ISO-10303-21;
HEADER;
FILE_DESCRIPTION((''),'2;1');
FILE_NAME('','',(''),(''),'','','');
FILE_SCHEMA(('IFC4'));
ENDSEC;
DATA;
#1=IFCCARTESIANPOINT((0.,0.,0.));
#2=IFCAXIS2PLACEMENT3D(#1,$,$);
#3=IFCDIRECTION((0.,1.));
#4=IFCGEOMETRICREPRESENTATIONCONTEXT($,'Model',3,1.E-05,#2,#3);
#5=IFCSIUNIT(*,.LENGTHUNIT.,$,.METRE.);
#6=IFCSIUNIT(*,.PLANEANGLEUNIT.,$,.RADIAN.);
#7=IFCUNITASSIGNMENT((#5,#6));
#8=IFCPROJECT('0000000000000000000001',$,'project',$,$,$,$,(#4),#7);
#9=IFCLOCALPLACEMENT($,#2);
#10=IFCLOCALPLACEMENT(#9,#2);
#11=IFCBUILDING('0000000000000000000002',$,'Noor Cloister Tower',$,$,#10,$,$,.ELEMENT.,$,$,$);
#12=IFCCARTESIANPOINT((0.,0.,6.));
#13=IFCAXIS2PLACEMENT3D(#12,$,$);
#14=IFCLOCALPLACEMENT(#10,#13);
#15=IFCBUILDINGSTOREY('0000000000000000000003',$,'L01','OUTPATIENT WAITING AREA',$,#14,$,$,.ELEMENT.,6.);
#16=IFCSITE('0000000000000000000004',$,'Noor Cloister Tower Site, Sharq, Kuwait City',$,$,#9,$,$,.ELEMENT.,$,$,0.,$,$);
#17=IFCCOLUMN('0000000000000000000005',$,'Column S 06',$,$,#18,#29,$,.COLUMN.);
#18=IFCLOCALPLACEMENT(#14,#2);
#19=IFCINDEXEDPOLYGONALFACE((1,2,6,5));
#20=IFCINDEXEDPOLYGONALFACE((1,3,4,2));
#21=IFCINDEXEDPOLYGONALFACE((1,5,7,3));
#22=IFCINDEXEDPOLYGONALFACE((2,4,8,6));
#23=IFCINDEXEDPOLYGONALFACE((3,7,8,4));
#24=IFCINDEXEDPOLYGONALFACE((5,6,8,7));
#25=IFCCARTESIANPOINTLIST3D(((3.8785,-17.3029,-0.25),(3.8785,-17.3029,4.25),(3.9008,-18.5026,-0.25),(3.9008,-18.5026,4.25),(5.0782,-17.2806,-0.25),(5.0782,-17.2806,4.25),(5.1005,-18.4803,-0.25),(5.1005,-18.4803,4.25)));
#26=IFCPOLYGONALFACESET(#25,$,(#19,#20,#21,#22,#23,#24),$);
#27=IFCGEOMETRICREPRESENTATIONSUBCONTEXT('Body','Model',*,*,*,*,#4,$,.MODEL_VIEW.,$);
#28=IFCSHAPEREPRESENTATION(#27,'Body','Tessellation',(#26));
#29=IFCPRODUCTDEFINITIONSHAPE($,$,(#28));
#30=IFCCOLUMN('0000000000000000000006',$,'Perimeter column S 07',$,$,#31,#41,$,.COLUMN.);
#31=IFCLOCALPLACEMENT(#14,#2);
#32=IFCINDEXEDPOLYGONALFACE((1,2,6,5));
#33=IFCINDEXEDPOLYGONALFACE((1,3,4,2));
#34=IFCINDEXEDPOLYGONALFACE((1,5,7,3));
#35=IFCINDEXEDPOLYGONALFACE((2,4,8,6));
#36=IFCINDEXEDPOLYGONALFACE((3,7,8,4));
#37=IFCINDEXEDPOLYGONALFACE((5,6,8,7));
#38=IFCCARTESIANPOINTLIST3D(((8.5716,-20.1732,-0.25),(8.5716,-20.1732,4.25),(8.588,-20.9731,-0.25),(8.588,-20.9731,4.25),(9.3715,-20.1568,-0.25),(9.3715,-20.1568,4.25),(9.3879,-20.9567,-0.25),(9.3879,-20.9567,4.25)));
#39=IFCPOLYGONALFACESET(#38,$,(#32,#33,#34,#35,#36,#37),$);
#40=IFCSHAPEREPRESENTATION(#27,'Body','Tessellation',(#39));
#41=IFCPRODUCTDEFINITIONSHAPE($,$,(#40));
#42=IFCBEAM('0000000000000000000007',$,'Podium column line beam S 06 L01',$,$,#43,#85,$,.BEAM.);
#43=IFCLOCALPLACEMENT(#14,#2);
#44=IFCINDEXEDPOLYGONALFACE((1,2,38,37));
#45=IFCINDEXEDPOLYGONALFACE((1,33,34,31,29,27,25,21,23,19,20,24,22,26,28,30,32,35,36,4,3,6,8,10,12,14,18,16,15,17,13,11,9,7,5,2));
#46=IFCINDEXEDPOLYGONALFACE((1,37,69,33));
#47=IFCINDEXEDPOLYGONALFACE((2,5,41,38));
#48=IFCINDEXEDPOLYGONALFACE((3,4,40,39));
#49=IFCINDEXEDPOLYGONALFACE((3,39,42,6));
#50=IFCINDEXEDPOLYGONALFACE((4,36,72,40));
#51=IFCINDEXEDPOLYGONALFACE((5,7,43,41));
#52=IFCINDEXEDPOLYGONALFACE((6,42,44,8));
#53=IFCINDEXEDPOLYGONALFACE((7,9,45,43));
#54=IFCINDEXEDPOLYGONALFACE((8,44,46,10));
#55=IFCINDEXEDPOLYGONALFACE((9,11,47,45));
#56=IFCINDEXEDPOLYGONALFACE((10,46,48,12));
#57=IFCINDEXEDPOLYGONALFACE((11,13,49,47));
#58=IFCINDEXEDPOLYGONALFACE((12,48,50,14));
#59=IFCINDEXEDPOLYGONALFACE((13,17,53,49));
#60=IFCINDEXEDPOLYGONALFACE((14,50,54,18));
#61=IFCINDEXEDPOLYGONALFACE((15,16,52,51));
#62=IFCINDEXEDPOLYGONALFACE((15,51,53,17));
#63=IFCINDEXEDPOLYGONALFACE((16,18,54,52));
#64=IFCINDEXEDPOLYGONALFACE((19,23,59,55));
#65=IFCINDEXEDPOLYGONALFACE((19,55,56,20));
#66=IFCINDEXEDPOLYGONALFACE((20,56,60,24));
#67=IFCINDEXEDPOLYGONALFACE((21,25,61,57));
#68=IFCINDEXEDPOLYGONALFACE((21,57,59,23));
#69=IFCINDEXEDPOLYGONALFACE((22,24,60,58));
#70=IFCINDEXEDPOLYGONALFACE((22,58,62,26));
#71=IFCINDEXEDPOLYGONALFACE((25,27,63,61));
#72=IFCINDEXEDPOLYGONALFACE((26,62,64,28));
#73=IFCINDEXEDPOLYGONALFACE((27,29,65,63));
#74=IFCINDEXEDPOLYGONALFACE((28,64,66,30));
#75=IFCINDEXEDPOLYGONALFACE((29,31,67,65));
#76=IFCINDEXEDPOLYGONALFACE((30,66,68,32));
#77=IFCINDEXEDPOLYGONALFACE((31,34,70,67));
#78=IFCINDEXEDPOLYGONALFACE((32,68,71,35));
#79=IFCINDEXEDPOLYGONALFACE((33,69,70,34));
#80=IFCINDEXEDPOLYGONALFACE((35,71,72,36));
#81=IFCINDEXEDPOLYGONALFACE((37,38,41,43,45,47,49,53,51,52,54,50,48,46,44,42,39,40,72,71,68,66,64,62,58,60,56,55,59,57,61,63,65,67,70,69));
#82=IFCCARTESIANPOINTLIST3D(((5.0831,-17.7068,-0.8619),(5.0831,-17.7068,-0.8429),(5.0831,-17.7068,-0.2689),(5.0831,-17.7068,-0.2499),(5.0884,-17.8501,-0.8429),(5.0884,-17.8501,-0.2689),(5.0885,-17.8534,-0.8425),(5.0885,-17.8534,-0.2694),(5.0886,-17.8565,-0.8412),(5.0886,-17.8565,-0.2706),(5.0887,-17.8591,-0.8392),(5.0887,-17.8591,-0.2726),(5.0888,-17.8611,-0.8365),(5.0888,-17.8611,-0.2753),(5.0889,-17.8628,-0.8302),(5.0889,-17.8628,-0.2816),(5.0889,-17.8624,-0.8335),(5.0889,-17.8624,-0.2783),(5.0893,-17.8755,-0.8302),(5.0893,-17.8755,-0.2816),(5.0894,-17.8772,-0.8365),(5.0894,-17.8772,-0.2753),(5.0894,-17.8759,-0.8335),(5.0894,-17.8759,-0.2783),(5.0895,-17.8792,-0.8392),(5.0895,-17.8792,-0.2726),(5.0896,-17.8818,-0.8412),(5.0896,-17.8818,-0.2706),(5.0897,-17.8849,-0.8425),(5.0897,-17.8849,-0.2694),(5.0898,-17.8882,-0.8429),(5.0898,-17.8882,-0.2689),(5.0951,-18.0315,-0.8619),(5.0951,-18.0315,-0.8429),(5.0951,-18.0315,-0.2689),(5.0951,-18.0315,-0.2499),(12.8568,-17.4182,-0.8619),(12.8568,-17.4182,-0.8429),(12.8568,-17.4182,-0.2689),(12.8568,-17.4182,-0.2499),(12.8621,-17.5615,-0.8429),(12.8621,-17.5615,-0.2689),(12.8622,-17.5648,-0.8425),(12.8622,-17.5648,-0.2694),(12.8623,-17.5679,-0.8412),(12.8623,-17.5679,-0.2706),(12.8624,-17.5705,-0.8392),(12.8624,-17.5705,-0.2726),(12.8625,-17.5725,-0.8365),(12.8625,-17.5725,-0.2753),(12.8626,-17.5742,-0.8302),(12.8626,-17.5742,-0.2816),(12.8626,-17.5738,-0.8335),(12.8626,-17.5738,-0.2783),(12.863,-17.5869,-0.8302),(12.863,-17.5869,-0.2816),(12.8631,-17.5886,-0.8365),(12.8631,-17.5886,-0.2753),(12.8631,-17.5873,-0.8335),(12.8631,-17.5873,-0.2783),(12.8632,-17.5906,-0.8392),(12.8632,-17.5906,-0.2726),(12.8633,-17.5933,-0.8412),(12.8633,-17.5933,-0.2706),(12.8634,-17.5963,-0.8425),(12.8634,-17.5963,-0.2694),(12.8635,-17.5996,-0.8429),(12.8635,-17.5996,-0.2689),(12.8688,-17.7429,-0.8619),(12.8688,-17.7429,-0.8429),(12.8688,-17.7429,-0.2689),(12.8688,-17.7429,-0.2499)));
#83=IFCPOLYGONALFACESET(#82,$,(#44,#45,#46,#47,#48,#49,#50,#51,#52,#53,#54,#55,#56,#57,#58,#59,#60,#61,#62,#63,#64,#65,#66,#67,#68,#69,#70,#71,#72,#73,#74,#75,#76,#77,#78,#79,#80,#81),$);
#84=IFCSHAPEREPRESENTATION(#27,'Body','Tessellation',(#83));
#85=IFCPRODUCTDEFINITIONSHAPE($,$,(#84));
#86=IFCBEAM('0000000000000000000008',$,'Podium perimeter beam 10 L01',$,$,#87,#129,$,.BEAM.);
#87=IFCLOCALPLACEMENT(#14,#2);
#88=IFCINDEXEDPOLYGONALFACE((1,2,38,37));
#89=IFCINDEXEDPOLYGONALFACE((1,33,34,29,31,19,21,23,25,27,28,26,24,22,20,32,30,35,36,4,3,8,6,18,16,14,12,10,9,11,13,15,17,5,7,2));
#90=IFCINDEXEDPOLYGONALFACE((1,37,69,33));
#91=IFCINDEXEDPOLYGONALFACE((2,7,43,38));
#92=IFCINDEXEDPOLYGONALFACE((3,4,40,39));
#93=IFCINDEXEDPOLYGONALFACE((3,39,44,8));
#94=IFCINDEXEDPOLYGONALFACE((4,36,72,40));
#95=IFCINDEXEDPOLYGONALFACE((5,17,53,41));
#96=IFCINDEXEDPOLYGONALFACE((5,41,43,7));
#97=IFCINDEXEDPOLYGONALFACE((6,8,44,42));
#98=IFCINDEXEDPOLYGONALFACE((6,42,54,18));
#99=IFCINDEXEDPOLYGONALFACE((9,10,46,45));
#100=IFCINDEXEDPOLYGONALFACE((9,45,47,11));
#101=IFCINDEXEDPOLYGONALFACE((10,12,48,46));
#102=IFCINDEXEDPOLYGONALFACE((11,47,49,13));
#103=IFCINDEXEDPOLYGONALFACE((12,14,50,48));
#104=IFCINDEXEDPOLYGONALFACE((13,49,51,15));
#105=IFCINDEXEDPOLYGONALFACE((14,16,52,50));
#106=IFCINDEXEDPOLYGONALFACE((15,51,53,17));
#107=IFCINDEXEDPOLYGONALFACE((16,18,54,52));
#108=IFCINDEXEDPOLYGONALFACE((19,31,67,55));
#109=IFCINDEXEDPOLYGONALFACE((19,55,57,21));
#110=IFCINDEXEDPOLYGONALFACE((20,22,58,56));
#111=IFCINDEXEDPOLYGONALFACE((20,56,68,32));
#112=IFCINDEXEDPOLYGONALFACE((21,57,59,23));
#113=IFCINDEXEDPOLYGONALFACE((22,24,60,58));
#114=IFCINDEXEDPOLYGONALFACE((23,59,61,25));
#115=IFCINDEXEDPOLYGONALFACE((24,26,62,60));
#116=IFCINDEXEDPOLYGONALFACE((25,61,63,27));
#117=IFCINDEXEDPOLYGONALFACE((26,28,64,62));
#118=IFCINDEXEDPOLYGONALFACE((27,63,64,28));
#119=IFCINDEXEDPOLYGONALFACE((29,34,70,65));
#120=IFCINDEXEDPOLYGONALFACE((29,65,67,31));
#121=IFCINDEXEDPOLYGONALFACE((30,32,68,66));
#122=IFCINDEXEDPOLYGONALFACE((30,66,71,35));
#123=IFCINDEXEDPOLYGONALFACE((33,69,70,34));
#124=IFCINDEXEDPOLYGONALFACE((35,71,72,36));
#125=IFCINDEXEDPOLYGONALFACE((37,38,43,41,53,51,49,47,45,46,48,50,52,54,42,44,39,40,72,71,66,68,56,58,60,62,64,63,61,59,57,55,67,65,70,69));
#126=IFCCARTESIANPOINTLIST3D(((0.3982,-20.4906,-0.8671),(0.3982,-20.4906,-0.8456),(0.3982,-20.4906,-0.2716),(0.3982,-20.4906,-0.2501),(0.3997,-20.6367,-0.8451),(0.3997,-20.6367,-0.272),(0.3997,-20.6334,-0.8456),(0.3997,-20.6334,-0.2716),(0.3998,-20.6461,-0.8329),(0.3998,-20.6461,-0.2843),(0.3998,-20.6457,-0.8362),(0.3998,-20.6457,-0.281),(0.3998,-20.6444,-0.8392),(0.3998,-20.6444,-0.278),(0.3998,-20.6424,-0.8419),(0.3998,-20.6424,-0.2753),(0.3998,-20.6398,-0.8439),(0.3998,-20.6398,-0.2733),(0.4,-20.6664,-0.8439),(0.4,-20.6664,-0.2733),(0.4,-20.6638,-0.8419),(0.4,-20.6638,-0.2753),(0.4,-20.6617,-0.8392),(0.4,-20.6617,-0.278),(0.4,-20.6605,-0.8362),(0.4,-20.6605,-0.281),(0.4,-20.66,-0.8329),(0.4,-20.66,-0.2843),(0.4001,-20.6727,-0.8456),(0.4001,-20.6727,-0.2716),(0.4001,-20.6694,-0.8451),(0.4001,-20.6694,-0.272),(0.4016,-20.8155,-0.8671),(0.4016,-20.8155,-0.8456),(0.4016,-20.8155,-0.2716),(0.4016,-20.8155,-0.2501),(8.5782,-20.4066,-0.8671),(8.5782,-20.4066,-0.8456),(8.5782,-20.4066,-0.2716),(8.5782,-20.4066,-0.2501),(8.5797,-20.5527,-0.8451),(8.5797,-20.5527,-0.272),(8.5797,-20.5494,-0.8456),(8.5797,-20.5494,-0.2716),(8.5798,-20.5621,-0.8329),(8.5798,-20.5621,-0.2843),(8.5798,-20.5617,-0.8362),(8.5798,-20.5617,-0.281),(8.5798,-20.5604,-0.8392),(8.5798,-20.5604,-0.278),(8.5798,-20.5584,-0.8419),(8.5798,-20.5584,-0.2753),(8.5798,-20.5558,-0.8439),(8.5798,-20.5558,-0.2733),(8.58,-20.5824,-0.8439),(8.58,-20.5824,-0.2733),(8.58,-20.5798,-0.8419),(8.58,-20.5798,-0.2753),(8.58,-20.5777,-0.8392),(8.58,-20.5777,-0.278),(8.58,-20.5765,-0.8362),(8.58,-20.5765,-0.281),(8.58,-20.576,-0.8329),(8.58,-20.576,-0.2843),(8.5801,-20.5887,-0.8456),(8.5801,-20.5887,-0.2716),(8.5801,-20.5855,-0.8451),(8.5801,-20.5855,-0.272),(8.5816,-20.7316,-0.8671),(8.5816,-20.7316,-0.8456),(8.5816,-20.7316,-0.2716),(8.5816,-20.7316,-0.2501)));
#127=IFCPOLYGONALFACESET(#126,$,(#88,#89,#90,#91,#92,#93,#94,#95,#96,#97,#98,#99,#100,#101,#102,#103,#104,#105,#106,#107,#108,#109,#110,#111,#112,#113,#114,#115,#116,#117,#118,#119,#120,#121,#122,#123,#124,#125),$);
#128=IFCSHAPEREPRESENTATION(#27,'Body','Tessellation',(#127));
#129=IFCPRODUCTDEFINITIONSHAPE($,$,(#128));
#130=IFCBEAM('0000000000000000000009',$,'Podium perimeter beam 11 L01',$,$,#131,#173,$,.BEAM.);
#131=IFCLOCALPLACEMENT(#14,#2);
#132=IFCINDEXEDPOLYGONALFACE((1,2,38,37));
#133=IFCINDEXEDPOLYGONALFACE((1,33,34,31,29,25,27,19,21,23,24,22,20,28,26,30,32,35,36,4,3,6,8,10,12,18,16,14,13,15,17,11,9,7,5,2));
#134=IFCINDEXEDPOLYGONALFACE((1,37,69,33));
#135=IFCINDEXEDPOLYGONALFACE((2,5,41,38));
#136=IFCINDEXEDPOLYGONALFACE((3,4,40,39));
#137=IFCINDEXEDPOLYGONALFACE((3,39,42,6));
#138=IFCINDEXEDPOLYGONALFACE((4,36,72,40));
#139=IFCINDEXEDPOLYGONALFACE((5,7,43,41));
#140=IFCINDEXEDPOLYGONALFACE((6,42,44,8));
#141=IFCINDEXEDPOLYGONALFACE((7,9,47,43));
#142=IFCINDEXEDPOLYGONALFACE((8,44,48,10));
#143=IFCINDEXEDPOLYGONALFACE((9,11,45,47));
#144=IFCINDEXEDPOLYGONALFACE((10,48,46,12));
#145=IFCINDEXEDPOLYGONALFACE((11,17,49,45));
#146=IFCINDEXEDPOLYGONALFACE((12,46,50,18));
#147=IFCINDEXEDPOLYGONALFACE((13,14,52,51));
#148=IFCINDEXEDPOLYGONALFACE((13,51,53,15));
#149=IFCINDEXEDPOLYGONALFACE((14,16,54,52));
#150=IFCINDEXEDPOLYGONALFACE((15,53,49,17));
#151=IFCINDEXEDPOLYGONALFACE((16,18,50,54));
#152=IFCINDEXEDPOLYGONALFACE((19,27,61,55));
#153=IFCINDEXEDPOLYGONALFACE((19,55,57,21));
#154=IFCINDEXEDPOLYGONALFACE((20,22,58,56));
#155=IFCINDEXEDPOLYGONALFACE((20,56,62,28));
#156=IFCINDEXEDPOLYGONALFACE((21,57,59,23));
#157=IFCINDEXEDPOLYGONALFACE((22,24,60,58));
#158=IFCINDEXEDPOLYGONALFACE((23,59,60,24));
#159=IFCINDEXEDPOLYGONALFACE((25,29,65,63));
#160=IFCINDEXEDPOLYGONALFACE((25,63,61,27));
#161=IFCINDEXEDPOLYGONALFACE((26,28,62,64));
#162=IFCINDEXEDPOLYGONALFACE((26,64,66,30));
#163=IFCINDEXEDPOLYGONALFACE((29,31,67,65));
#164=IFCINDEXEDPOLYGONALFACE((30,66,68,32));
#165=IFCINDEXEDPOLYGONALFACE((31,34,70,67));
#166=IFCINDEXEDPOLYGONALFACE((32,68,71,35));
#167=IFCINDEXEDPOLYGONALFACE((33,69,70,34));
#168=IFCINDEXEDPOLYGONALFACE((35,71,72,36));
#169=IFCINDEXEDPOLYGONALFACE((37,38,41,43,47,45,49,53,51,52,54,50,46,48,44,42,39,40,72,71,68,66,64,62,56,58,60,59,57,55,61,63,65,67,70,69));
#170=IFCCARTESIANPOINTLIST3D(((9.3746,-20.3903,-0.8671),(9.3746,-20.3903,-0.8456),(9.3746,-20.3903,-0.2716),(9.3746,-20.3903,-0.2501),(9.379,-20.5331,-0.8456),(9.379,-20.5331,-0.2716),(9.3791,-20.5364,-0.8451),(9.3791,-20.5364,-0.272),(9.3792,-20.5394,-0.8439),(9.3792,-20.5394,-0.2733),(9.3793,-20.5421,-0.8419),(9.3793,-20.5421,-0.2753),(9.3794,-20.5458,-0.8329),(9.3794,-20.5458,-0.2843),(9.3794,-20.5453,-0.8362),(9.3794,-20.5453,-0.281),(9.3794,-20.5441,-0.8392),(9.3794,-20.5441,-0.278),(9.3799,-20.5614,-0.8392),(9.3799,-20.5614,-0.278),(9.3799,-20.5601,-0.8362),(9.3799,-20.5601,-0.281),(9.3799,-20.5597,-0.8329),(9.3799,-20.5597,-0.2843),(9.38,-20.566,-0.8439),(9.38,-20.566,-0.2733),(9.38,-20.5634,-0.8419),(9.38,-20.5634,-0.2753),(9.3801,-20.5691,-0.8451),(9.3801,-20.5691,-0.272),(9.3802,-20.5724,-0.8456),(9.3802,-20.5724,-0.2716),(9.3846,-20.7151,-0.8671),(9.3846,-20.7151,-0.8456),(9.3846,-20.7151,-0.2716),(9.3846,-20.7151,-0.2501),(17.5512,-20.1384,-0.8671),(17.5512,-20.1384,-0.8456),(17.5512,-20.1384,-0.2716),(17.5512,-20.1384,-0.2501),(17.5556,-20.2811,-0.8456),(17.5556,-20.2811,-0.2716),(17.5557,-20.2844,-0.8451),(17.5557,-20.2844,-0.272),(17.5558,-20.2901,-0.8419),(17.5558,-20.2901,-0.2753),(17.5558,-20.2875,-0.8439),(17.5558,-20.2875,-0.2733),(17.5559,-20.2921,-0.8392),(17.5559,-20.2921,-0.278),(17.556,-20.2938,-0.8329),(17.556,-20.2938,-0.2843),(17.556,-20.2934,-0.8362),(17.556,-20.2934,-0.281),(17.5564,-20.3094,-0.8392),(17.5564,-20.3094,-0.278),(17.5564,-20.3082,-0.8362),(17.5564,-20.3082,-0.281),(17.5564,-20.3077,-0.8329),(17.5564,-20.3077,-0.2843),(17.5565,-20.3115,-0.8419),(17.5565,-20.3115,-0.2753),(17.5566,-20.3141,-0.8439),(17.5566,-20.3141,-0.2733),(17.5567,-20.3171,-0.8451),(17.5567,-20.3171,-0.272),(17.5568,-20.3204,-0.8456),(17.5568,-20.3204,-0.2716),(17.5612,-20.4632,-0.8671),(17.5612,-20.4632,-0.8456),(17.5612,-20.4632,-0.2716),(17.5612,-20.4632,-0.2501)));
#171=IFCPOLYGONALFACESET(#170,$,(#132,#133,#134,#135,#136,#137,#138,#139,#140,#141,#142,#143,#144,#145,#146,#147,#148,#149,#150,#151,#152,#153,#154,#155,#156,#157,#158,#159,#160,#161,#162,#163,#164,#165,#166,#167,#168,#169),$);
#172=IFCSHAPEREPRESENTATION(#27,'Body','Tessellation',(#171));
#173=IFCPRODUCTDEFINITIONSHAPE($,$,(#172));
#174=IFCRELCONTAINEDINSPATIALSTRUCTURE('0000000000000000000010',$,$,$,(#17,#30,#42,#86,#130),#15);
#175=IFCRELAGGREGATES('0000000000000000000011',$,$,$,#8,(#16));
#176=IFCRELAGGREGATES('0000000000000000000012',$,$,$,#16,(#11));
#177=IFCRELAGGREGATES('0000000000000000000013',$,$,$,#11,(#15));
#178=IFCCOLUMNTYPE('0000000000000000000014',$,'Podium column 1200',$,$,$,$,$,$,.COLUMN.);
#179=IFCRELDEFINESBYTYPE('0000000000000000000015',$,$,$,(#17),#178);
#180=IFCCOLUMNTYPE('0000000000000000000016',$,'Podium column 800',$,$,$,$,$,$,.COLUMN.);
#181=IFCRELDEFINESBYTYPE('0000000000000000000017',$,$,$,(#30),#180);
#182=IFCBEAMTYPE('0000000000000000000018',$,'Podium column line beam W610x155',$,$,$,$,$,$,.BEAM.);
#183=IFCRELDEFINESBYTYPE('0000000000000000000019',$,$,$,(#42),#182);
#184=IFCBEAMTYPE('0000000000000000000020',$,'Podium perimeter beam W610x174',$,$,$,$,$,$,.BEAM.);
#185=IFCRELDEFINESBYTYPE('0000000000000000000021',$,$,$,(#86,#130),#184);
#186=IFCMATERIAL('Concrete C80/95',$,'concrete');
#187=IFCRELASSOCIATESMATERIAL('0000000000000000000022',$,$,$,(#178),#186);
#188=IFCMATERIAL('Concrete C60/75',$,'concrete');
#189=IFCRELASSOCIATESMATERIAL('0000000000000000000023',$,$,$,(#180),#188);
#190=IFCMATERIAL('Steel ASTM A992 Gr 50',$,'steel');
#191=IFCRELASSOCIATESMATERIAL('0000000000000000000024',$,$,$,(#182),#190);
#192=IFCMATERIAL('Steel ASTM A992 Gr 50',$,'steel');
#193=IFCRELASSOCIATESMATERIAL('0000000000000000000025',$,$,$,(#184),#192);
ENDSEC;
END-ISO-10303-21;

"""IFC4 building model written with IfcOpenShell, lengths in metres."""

from ifc_helpers import new_model, si_unit, direction, frame, origin, origin_2d, place, context, subcontext, project, spatial, rectangle, i_section, extrude, material, material_profile, profile_set, type_object, element, save


model = new_model("IFC4")

# Units and contexts
model_context = context("Model", 3, precision=1e-05, world=origin(), true_north=direction((0.0, 1.0)))
body_context = subcontext(model_context, "Body", "Model", "MODEL_VIEW")
ifc_project = project(units=[si_unit("LENGTHUNIT", "METRE"), si_unit("PLANEANGLEUNIT", "RADIAN")], contexts=[model_context])

# Site, building, storey
site_placement = place(None, origin())
site = spatial("IfcSite", under=ifc_project, at=site_placement, Name="Noor Cloister Tower Site, Sharq, Kuwait City", CompositionType="ELEMENT", RefElevation=0.0)
building_placement = place(site_placement, origin())
building = spatial("IfcBuilding", under=site, at=building_placement, Name="Noor Cloister Tower", CompositionType="ELEMENT")
storey_placement = place(building_placement, frame((0.0, 0.0, 6.0)))
storey = spatial("IfcBuildingStorey", under=building, at=storey_placement, Name="L01", Description="OUTPATIENT WAITING AREA", CompositionType="ELEMENT", Elevation=6.0)

# Columns
ifc_material_1 = material(Name="Concrete C80/95", Category="concrete")
ifc_material_profile_1 = material_profile(ifc_material_1, rectangle(XDim=1.2, YDim=1.2, at=origin_2d()), Name="Podium column 1200")
ifc_profile_set_1 = profile_set([ifc_material_profile_1], Name="Concrete C80/95")
column_type_1 = type_object("IfcColumnType", Name="Podium column 1200", PredefinedType="COLUMN", material=ifc_profile_set_1)
column_1_placement = place(storey_placement, frame((4.4895, -17.8916, -0.25), z_axis=(0.0, 0.0, 1.0), x_axis=(0.018553, -0.999828, 0.0)))
element("IfcColumn", 1, at=column_1_placement, inside=storey, type_object=column_type_1, Name="Column S 06", PredefinedType="COLUMN", context=body_context, shape_type="SweptSolid", body=[
    extrude(rectangle(XDim=1.2, YDim=1.2, at=origin_2d()), origin(), (0.0, 0.0, 1.0), 4.5),
])
ifc_material_2 = material(Name="Concrete C60/75", Category="concrete")
ifc_material_profile_2 = material_profile(ifc_material_2, rectangle(XDim=0.8, YDim=0.8, at=origin_2d()), Name="Podium column 800")
ifc_profile_set_2 = profile_set([ifc_material_profile_2], Name="Concrete C60/75")
column_type_2 = type_object("IfcColumnType", Name="Podium column 800", PredefinedType="COLUMN", material=ifc_profile_set_2)
column_2_placement = place(storey_placement, frame((8.9797, -20.5649, -0.25), z_axis=(0.0, 0.0, 1.0), x_axis=(0.020537, -0.999789, 0.0)))
element("IfcColumn", 2, at=column_2_placement, inside=storey, type_object=column_type_2, Name="Perimeter column S 07", PredefinedType="COLUMN", context=body_context, shape_type="SweptSolid", body=[
    extrude(rectangle(XDim=0.8, YDim=0.8, at=origin_2d()), origin(), (0.0, 0.0, 1.0), 4.5),
])

# Beams
ifc_material_3 = material(Name="Steel ASTM A992 Gr 50", Category="steel")
ifc_material_profile_3 = material_profile(ifc_material_3, i_section(OverallWidth=0.325, OverallDepth=0.6121, WebThickness=0.0127, FlangeThickness=0.019, FilletRadius=0.0127, at=origin_2d()), Name="W610x155")
ifc_profile_set_3 = profile_set([ifc_material_profile_3], Name="Steel ASTM A992 Gr 50")
beam_type_1 = type_object("IfcBeamType", Name="Podium column line beam W610x155", PredefinedType="BEAM", material=ifc_profile_set_3)
beam_1_placement = place(storey_placement, frame((5.0891, -17.8691, -0.5559), z_axis=(0.999312, 0.037096, 0.0), x_axis=(-0.037096, 0.999312, 0.0)))
element("IfcBeam", 3, at=beam_1_placement, inside=storey, type_object=beam_type_1, Name="Podium column line beam S 06 L01", PredefinedType="BEAM", context=body_context, shape_type="SweptSolid", body=[
    extrude(i_section(OverallWidth=0.325, OverallDepth=0.6121, WebThickness=0.0127, FlangeThickness=0.019, FilletRadius=0.0127, at=origin_2d()), origin(), (0.0, 0.0, 1.0), 7.7791),
])
ifc_material_4 = material(Name="Steel ASTM A992 Gr 50", Category="steel")
ifc_material_profile_4 = material_profile(ifc_material_4, i_section(OverallWidth=0.325, OverallDepth=0.6169, WebThickness=0.0139, FlangeThickness=0.0215, FilletRadius=0.0127, at=origin_2d()), Name="W610x174")
ifc_profile_set_4 = profile_set([ifc_material_profile_4], Name="Steel ASTM A992 Gr 50")
beam_type_2 = type_object("IfcBeamType", Name="Podium perimeter beam W610x174", PredefinedType="BEAM", material=ifc_profile_set_4)
for number, where, z_axis, x_axis, name in (
    (4, (0.3999, -20.6531, -0.5586), (0.999947, 0.010267, 0.0), (-0.010267, 0.999947, 0.0), "Podium perimeter beam 10 L01"),
    (5, (9.3796, -20.5527, -0.5586), (0.999526, 0.0308, 0.0), (-0.0308, 0.999526, 0.0), "Podium perimeter beam 11 L01"),
):
    element("IfcBeam", number, at=place(storey_placement, frame(where, z_axis=z_axis, x_axis=x_axis)), inside=storey, type_object=beam_type_2, Name=name, PredefinedType="BEAM", context=body_context, shape_type="SweptSolid", body=[
        extrude(i_section(OverallWidth=0.325, OverallDepth=0.6169, WebThickness=0.0139, FlangeThickness=0.0215, FilletRadius=0.0127, at=origin_2d()), origin(), (0.0, 0.0, 1.0), 8.1804),
    ])

save(model, "model.ifc")
